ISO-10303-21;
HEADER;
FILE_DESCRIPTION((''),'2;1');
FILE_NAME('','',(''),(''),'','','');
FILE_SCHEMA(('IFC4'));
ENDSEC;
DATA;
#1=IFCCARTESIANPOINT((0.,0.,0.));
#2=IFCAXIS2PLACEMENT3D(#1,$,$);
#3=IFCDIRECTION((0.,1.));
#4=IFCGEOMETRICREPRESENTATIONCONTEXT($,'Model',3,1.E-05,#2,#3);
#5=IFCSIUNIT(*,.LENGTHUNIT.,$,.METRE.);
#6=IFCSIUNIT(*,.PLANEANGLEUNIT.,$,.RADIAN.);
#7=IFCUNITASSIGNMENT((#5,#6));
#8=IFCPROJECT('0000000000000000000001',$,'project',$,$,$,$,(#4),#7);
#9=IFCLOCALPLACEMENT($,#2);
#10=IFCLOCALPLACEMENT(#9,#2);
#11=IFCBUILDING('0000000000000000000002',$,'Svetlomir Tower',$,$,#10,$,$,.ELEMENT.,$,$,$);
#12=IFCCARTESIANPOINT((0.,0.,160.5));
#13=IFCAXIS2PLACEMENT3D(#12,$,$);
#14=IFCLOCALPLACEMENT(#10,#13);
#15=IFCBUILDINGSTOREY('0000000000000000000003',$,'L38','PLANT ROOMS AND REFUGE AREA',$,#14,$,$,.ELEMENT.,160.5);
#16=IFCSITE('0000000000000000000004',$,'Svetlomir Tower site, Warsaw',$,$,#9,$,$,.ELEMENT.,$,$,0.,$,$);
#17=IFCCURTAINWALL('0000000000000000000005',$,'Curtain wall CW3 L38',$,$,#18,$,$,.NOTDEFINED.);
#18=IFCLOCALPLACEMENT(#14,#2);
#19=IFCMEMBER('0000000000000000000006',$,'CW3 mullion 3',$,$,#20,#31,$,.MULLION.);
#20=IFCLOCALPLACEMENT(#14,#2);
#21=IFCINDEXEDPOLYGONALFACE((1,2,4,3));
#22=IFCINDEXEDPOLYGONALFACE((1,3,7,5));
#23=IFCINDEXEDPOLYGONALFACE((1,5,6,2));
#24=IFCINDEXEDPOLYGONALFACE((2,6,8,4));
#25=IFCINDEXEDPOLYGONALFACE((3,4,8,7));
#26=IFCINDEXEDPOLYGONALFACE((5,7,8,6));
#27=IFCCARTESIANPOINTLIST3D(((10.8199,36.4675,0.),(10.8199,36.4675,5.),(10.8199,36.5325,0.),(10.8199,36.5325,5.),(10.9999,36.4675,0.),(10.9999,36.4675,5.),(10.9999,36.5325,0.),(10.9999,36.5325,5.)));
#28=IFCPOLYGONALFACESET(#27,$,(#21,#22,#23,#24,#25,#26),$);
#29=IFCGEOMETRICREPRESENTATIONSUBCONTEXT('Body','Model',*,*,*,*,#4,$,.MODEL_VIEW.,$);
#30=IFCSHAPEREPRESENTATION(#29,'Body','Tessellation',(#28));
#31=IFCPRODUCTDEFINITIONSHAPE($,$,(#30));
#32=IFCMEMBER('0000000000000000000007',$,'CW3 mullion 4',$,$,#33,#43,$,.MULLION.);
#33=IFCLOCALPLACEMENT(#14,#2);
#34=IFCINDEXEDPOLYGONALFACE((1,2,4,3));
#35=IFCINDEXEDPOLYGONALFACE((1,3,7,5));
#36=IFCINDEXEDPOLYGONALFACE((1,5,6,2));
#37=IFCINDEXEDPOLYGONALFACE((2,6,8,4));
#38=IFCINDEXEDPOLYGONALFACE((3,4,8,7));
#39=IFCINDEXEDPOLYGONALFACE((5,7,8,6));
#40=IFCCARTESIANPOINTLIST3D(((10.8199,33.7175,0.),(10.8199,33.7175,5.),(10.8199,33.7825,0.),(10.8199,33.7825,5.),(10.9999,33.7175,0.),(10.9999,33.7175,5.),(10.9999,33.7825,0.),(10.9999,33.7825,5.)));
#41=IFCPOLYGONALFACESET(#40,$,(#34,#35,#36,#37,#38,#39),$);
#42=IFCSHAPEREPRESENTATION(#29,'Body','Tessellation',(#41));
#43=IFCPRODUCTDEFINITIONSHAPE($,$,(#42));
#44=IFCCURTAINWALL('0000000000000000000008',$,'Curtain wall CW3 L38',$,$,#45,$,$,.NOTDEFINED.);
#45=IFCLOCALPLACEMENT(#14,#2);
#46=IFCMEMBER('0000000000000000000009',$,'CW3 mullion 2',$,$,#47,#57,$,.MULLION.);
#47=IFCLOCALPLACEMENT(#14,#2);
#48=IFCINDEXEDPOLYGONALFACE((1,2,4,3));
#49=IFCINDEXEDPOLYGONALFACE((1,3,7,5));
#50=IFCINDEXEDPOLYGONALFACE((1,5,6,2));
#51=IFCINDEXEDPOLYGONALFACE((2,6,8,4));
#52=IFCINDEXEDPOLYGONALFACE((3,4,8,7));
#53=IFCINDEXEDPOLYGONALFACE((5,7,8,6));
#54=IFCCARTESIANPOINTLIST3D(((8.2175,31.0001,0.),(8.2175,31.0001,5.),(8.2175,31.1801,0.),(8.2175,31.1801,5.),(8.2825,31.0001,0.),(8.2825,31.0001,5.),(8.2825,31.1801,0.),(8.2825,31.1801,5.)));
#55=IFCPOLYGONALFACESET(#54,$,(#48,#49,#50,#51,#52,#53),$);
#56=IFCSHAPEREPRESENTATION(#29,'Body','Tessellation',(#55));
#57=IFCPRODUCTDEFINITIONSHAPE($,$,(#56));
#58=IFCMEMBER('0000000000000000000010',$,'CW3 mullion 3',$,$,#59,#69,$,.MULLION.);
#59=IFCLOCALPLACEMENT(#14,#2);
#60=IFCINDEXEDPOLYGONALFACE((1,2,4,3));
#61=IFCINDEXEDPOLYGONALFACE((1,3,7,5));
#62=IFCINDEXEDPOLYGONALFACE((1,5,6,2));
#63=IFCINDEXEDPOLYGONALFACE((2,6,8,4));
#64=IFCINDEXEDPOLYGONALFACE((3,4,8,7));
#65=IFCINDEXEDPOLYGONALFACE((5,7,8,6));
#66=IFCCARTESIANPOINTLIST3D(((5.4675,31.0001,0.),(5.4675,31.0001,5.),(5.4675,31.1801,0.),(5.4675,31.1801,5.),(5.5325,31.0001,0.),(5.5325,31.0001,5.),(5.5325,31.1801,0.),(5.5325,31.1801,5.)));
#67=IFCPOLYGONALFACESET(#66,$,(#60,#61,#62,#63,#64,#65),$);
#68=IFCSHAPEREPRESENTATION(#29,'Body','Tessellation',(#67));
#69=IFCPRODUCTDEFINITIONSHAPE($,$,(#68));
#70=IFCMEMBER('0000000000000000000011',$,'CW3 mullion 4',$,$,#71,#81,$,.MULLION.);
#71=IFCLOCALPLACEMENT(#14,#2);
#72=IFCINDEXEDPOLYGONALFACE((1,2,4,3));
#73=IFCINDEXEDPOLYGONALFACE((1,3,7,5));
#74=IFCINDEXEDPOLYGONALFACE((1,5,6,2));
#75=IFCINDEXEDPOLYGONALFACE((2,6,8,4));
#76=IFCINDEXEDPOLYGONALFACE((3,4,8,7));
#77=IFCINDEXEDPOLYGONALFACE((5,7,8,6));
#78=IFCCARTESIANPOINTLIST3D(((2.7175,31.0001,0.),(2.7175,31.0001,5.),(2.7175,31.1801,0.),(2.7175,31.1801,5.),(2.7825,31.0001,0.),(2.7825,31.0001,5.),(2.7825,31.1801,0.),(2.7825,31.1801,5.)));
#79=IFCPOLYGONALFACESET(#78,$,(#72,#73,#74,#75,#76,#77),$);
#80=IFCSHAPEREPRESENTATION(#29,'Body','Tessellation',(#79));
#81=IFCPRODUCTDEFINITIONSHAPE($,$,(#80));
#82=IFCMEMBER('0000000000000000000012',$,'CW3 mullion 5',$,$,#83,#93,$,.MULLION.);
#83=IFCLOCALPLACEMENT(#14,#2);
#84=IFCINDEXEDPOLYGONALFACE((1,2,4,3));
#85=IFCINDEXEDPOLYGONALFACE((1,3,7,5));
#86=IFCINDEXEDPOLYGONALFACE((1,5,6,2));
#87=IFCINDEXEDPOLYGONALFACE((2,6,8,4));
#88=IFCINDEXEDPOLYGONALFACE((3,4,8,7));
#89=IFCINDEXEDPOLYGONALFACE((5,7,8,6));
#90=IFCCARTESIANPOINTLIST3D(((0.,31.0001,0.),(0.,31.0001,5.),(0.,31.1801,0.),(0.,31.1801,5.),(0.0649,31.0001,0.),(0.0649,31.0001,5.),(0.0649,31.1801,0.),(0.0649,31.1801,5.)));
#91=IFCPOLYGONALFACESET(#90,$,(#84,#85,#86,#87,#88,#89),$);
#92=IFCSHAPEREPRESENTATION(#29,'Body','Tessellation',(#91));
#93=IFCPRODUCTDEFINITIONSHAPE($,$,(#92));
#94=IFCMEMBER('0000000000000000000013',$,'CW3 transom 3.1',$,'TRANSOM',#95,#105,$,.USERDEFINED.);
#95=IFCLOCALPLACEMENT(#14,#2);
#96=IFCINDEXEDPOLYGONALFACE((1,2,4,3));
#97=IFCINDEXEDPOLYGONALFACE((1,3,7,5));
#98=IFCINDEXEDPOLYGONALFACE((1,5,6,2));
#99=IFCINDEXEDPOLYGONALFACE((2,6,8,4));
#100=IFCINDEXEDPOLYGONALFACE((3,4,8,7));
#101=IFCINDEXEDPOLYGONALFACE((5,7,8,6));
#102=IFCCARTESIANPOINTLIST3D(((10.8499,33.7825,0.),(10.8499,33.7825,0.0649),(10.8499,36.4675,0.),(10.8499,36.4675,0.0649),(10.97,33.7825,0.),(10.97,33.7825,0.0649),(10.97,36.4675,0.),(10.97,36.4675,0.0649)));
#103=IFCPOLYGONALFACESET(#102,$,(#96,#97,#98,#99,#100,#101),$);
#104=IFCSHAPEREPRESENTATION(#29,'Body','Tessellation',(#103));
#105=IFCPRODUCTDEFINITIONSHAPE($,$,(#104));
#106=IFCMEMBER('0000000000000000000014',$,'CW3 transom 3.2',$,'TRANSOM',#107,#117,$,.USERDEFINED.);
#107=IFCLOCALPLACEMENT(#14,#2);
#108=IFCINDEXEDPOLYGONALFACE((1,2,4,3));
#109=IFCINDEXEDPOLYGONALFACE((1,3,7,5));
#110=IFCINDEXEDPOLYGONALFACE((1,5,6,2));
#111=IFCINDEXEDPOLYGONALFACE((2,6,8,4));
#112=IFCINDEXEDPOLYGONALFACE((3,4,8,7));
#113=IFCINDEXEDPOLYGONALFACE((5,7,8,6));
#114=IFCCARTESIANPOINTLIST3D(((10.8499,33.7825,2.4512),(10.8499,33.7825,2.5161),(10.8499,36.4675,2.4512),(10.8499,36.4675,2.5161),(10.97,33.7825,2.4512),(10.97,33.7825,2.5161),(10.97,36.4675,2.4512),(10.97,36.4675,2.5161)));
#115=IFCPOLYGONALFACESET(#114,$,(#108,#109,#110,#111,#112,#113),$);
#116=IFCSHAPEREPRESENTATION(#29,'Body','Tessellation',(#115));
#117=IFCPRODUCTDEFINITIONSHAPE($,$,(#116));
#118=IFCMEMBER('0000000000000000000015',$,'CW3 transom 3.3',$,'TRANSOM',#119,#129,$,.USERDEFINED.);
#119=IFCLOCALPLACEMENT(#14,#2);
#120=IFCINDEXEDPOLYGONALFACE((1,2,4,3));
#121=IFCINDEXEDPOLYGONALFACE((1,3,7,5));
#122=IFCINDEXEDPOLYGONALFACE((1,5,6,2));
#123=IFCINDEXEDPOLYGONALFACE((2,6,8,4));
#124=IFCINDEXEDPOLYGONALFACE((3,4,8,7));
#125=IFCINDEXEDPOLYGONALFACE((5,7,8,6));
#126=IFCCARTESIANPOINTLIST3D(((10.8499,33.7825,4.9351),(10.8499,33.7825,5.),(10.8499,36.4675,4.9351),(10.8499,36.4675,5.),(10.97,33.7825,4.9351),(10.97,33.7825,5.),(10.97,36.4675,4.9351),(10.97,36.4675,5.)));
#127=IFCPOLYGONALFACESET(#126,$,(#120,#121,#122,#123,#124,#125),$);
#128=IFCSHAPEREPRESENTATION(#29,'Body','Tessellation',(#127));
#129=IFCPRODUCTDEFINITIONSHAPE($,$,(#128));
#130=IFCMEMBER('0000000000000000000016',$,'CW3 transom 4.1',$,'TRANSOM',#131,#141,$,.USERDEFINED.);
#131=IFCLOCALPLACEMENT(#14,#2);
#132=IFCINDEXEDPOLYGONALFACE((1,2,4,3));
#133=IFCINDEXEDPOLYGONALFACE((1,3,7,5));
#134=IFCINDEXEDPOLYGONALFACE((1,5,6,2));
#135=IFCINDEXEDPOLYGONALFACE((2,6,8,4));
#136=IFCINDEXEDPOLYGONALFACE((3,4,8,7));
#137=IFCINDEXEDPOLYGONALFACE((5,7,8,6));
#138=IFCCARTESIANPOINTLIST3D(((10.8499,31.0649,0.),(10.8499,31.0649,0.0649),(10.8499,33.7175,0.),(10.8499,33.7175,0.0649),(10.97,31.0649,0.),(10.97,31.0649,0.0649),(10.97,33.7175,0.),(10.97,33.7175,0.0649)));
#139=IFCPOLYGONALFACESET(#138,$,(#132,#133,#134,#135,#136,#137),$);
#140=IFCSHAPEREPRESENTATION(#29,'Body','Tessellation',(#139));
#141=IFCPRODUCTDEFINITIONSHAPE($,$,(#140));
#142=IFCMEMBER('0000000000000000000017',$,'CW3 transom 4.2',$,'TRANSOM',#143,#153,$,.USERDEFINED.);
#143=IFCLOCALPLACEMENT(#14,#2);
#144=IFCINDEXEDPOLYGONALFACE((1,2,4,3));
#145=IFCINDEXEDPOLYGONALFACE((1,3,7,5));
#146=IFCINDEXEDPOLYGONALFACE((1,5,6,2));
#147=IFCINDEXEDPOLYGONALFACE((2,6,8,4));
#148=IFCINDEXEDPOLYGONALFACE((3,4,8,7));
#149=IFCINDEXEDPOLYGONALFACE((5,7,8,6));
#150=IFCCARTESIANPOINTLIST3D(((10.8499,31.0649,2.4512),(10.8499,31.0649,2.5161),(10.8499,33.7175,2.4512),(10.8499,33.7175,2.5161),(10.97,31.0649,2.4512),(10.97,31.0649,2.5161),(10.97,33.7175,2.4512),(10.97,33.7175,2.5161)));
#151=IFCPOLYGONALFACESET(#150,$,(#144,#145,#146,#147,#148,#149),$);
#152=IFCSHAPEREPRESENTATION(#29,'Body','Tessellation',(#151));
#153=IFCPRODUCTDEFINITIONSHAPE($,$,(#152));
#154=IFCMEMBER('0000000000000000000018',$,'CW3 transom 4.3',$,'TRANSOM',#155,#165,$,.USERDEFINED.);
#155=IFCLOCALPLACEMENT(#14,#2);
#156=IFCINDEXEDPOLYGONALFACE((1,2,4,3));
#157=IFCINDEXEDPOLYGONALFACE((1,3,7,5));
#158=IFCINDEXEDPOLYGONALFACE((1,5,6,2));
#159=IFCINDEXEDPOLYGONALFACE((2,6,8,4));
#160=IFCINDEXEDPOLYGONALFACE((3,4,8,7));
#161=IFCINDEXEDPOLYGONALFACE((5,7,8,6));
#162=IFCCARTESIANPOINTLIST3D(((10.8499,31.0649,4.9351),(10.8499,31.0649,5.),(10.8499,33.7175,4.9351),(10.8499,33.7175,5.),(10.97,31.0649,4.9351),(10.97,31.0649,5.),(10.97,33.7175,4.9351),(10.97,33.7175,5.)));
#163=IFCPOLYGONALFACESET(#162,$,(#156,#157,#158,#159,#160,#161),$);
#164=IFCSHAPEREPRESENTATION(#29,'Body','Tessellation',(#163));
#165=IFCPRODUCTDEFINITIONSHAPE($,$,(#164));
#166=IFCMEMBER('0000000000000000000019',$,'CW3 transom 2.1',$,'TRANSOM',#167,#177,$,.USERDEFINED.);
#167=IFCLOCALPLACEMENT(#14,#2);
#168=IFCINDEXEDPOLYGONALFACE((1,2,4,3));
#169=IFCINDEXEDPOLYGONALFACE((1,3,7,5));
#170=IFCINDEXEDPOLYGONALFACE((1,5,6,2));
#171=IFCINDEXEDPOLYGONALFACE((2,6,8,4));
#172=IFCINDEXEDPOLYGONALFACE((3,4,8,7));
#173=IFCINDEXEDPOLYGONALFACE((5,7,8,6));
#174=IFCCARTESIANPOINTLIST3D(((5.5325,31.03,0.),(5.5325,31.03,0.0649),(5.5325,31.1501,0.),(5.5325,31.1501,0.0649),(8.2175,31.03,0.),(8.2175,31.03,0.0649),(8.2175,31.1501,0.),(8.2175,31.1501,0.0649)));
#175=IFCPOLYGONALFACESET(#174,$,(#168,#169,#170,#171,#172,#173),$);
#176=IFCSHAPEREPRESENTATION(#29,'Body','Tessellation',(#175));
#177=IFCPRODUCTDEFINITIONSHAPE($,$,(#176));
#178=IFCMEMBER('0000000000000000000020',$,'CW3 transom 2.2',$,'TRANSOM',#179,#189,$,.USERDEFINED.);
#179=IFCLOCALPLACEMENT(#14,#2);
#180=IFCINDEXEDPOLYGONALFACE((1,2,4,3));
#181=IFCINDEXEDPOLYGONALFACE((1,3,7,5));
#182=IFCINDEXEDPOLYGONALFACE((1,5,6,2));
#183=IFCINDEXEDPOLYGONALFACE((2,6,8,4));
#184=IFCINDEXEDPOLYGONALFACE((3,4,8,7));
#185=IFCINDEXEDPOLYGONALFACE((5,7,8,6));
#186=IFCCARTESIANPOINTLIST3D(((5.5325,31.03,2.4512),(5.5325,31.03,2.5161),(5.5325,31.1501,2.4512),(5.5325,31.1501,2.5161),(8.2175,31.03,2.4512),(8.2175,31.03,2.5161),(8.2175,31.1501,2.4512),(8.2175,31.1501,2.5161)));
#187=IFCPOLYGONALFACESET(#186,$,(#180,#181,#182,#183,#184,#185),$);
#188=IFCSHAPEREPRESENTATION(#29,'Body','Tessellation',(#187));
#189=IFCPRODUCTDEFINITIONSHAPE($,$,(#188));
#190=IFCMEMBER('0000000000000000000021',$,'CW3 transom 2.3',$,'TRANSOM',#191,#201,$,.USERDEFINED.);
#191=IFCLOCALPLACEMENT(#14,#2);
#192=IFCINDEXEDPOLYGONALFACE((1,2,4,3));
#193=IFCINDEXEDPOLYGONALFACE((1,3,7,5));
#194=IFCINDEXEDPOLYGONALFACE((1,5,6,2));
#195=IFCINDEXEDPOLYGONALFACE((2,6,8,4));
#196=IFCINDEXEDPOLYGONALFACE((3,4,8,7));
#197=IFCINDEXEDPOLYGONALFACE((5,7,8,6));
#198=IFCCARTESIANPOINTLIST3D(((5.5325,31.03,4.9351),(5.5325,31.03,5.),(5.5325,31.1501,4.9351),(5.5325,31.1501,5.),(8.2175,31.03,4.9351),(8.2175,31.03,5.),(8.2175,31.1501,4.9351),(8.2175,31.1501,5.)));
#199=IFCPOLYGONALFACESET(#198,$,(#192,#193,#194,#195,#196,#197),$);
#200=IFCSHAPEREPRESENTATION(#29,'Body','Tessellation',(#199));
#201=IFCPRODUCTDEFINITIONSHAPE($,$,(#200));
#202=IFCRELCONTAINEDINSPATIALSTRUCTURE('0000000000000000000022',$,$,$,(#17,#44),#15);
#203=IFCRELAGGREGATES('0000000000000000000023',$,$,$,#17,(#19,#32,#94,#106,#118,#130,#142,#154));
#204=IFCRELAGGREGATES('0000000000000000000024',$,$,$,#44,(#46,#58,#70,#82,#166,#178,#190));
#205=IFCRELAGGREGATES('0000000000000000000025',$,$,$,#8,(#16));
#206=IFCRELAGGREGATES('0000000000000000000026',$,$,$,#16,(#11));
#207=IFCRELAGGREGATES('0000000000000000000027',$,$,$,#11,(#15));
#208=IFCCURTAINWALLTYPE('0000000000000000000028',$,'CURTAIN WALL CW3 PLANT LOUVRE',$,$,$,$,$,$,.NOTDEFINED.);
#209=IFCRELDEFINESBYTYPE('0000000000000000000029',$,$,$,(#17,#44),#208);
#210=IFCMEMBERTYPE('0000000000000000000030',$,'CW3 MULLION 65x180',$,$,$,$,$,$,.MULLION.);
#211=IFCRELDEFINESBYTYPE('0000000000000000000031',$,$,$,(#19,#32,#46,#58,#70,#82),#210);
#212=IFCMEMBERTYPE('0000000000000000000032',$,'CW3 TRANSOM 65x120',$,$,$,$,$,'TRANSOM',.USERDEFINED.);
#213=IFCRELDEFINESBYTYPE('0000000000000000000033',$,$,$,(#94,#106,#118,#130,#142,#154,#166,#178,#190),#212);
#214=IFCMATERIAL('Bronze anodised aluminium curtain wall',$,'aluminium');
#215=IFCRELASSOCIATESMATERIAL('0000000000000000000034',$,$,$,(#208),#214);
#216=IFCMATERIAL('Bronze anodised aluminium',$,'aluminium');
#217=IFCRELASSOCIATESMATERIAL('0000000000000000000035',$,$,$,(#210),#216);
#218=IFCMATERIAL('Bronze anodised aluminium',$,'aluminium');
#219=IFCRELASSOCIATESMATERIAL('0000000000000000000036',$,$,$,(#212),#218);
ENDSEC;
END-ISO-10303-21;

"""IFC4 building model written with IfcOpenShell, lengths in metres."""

from ifc_helpers import new_model, si_unit, direction, frame, origin, origin_2d, place, context, subcontext, project, spatial, rectangle, extrude, material, material_profile, profile_set, type_object, element, aggregate, save


model = new_model("IFC4")

# Units and contexts
model_context = context("Model", 3, precision=1e-05, world=origin(), true_north=direction((0.0, 1.0)))
body_context = subcontext(model_context, "Body", "Model", "MODEL_VIEW")
ifc_project = project(units=[si_unit("LENGTHUNIT", "METRE"), si_unit("PLANEANGLEUNIT", "RADIAN")], contexts=[model_context])

# Site, building, storey
site_placement = place(None, origin())
site = spatial("IfcSite", under=ifc_project, at=site_placement, Name="Svetlomir Tower site, Warsaw", CompositionType="ELEMENT", RefElevation=0.0)
building_placement = place(site_placement, origin())
building = spatial("IfcBuilding", under=site, at=building_placement, Name="Svetlomir Tower", CompositionType="ELEMENT")
storey_placement = place(building_placement, frame((0.0, 0.0, 160.5)))
storey = spatial("IfcBuildingStorey", under=building, at=storey_placement, Name="L38", Description="PLANT ROOMS AND REFUGE AREA", CompositionType="ELEMENT", Elevation=160.5)

# Curtain walls, members
ifc_material_1 = material(Name="Bronze anodised aluminium curtain wall", Category="aluminium")
curtain_wall_type = type_object("IfcCurtainWallType", Name="CURTAIN WALL CW3 PLANT LOUVRE", PredefinedType="NOTDEFINED", material=ifc_material_1)
curtain_wall_1_placement = place(storey_placement, origin())
curtain_wall_1 = element("IfcCurtainWall", 1, at=curtain_wall_1_placement, inside=storey, type_object=curtain_wall_type, Name="Curtain wall CW3 L38", PredefinedType="NOTDEFINED")
ifc_material_2 = material(Name="Bronze anodised aluminium", Category="aluminium")
ifc_material_profile_1 = material_profile(ifc_material_2, rectangle(XDim=0.0649, YDim=0.1799, at=origin_2d()), Name="AL 65x180")
ifc_profile_set_1 = profile_set([ifc_material_profile_1], Name="Bronze anodised aluminium 6063-T6")
member_type_1 = type_object("IfcMemberType", Name="CW3 MULLION 65x180", PredefinedType="MULLION", material=ifc_profile_set_1)
member_1_placement = place(storey_placement, frame((10.9099, 36.5, 0.0), z_axis=(0.0, 0.0, 1.0), x_axis=(0.0, -1.0, 0.0)))
member_1 = element("IfcMember", 2, at=member_1_placement, type_object=member_type_1, Name="CW3 mullion 3", PredefinedType="MULLION", context=body_context, shape_type="SweptSolid", body=[
    extrude(rectangle(XDim=0.0649, YDim=0.1799, at=origin_2d()), origin(), (0.0, 0.0, 1.0), 5.0),
])
member_2_placement = place(storey_placement, frame((10.9099, 33.75, 0.0), z_axis=(0.0, 0.0, 1.0), x_axis=(0.0, -1.0, 0.0)))
member_2 = element("IfcMember", 3, at=member_2_placement, type_object=member_type_1, Name="CW3 mullion 4", PredefinedType="MULLION", context=body_context, shape_type="SweptSolid", body=[
    extrude(rectangle(XDim=0.0649, YDim=0.1799, at=origin_2d()), origin(), (0.0, 0.0, 1.0), 5.0),
])
curtain_wall_2_placement = place(storey_placement, origin())
curtain_wall_2 = element("IfcCurtainWall", 4, at=curtain_wall_2_placement, inside=storey, type_object=curtain_wall_type, Name="Curtain wall CW3 L38", PredefinedType="NOTDEFINED")
member_3_placement = place(storey_placement, frame((8.25, 31.0901, 0.0), z_axis=(0.0, 0.0, 1.0), x_axis=(-1.0, 0.0, 0.0)))
member_3 = element("IfcMember", 5, at=member_3_placement, type_object=member_type_1, Name="CW3 mullion 2", PredefinedType="MULLION", context=body_context, shape_type="SweptSolid", body=[
    extrude(rectangle(XDim=0.0649, YDim=0.1799, at=origin_2d()), origin(), (0.0, 0.0, 1.0), 5.0),
])
member_4_placement = place(storey_placement, frame((5.5, 31.0901, 0.0), z_axis=(0.0, 0.0, 1.0), x_axis=(-1.0, 0.0, 0.0)))
member_4 = element("IfcMember", 6, at=member_4_placement, type_object=member_type_1, Name="CW3 mullion 3", PredefinedType="MULLION", context=body_context, shape_type="SweptSolid", body=[
    extrude(rectangle(XDim=0.0649, YDim=0.1799, at=origin_2d()), origin(), (0.0, 0.0, 1.0), 5.0),
])
member_5_placement = place(storey_placement, frame((2.75, 31.0901, 0.0), z_axis=(0.0, 0.0, 1.0), x_axis=(-1.0, 0.0, 0.0)))
member_5 = element("IfcMember", 7, at=member_5_placement, type_object=member_type_1, Name="CW3 mullion 4", PredefinedType="MULLION", context=body_context, shape_type="SweptSolid", body=[
    extrude(rectangle(XDim=0.0649, YDim=0.1799, at=origin_2d()), origin(), (0.0, 0.0, 1.0), 5.0),
])
member_6_placement = place(storey_placement, frame((0.0325, 31.0901, 0.0), z_axis=(0.0, 0.0, 1.0), x_axis=(-1.0, 0.0, 0.0)))
member_6 = element("IfcMember", 8, at=member_6_placement, type_object=member_type_1, Name="CW3 mullion 5", PredefinedType="MULLION", context=body_context, shape_type="SweptSolid", body=[
    extrude(rectangle(XDim=0.0649, YDim=0.1799, at=origin_2d()), origin(), (0.0, 0.0, 1.0), 5.0),
])

# Members
ifc_material_3 = material(Name="Bronze anodised aluminium", Category="aluminium")
ifc_material_profile_2 = material_profile(ifc_material_3, rectangle(XDim=0.1201, YDim=0.0649, at=origin_2d()), Name="AL 120x65")
ifc_profile_set_2 = profile_set([ifc_material_profile_2], Name="Bronze anodised aluminium 6063-T6")
member_type_2 = type_object("IfcMemberType", Name="CW3 TRANSOM 65x120", ElementType="TRANSOM", PredefinedType="USERDEFINED", material=ifc_profile_set_2)
member_7_placement = place(storey_placement, frame((10.9099, 36.4675, 0.0325), z_axis=(0.0, -1.0, 0.0), x_axis=(1.0, 0.0, 0.0)))
member_7 = element("IfcMember", 9, at=member_7_placement, type_object=member_type_2, Name="CW3 transom 3.1", ObjectType="TRANSOM", PredefinedType="USERDEFINED", context=body_context, shape_type="SweptSolid", body=[
    extrude(rectangle(XDim=0.1201, YDim=0.0649, at=origin_2d()), origin(), (0.0, 0.0, 1.0), 2.6851),
])
member_8_placement = place(storey_placement, frame((10.9099, 36.4675, 2.4836), z_axis=(0.0, -1.0, 0.0), x_axis=(1.0, 0.0, 0.0)))
member_8 = element("IfcMember", 10, at=member_8_placement, type_object=member_type_2, Name="CW3 transom 3.2", ObjectType="TRANSOM", PredefinedType="USERDEFINED", context=body_context, shape_type="SweptSolid", body=[
    extrude(rectangle(XDim=0.1201, YDim=0.0649, at=origin_2d()), origin(), (0.0, 0.0, 1.0), 2.6851),
])
member_9_placement = place(storey_placement, frame((10.9099, 36.4675, 4.9675), z_axis=(0.0, -1.0, 0.0), x_axis=(1.0, 0.0, 0.0)))
member_9 = element("IfcMember", 11, at=member_9_placement, type_object=member_type_2, Name="CW3 transom 3.3", ObjectType="TRANSOM", PredefinedType="USERDEFINED", context=body_context, shape_type="SweptSolid", body=[
    extrude(rectangle(XDim=0.1201, YDim=0.0649, at=origin_2d()), origin(), (0.0, 0.0, 1.0), 2.6851),
])
member_10_placement = place(storey_placement, frame((10.9099, 33.7175, 0.0325), z_axis=(0.0, -1.0, 0.0), x_axis=(1.0, 0.0, 0.0)))
member_10 = element("IfcMember", 12, at=member_10_placement, type_object=member_type_2, Name="CW3 transom 4.1", ObjectType="TRANSOM", PredefinedType="USERDEFINED", context=body_context, shape_type="SweptSolid", body=[
    extrude(rectangle(XDim=0.1201, YDim=0.0649, at=origin_2d()), origin(), (0.0, 0.0, 1.0), 2.6526),
])
member_11_placement = place(storey_placement, frame((10.9099, 33.7175, 2.4836), z_axis=(0.0, -1.0, 0.0), x_axis=(1.0, 0.0, 0.0)))
member_11 = element("IfcMember", 13, at=member_11_placement, type_object=member_type_2, Name="CW3 transom 4.2", ObjectType="TRANSOM", PredefinedType="USERDEFINED", context=body_context, shape_type="SweptSolid", body=[
    extrude(rectangle(XDim=0.1201, YDim=0.0649, at=origin_2d()), origin(), (0.0, 0.0, 1.0), 2.6526),
])
member_12_placement = place(storey_placement, frame((10.9099, 33.7175, 4.9675), z_axis=(0.0, -1.0, 0.0), x_axis=(1.0, 0.0, 0.0)))
member_12 = element("IfcMember", 14, at=member_12_placement, type_object=member_type_2, Name="CW3 transom 4.3", ObjectType="TRANSOM", PredefinedType="USERDEFINED", context=body_context, shape_type="SweptSolid", body=[
    extrude(rectangle(XDim=0.1201, YDim=0.0649, at=origin_2d()), origin(), (0.0, 0.0, 1.0), 2.6526),
])
member_13_placement = place(storey_placement, frame((8.2175, 31.0901, 0.0325), z_axis=(-1.0, 0.0, 0.0), x_axis=(0.0, -1.0, 0.0)))
member_13 = element("IfcMember", 15, at=member_13_placement, type_object=member_type_2, Name="CW3 transom 2.1", ObjectType="TRANSOM", PredefinedType="USERDEFINED", context=body_context, shape_type="SweptSolid", body=[
    extrude(rectangle(XDim=0.1201, YDim=0.0649, at=origin_2d()), origin(), (0.0, 0.0, 1.0), 2.6851),
])
member_14_placement = place(storey_placement, frame((8.2175, 31.0901, 2.4836), z_axis=(-1.0, 0.0, 0.0), x_axis=(0.0, -1.0, 0.0)))
member_14 = element("IfcMember", 16, at=member_14_placement, type_object=member_type_2, Name="CW3 transom 2.2", ObjectType="TRANSOM", PredefinedType="USERDEFINED", context=body_context, shape_type="SweptSolid", body=[
    extrude(rectangle(XDim=0.1201, YDim=0.0649, at=origin_2d()), origin(), (0.0, 0.0, 1.0), 2.6851),
])
member_15_placement = place(storey_placement, frame((8.2175, 31.0901, 4.9675), z_axis=(-1.0, 0.0, 0.0), x_axis=(0.0, -1.0, 0.0)))
member_15 = element("IfcMember", 17, at=member_15_placement, type_object=member_type_2, Name="CW3 transom 2.3", ObjectType="TRANSOM", PredefinedType="USERDEFINED", context=body_context, shape_type="SweptSolid", body=[
    extrude(rectangle(XDim=0.1201, YDim=0.0649, at=origin_2d()), origin(), (0.0, 0.0, 1.0), 2.6851),
])

aggregate(curtain_wall_1, [member_1, member_2, member_7, member_8, member_9, member_10, member_11, member_12])
aggregate(curtain_wall_2, [member_3, member_4, member_5, member_6, member_13, member_14, member_15])

save(model, "model.ifc")
